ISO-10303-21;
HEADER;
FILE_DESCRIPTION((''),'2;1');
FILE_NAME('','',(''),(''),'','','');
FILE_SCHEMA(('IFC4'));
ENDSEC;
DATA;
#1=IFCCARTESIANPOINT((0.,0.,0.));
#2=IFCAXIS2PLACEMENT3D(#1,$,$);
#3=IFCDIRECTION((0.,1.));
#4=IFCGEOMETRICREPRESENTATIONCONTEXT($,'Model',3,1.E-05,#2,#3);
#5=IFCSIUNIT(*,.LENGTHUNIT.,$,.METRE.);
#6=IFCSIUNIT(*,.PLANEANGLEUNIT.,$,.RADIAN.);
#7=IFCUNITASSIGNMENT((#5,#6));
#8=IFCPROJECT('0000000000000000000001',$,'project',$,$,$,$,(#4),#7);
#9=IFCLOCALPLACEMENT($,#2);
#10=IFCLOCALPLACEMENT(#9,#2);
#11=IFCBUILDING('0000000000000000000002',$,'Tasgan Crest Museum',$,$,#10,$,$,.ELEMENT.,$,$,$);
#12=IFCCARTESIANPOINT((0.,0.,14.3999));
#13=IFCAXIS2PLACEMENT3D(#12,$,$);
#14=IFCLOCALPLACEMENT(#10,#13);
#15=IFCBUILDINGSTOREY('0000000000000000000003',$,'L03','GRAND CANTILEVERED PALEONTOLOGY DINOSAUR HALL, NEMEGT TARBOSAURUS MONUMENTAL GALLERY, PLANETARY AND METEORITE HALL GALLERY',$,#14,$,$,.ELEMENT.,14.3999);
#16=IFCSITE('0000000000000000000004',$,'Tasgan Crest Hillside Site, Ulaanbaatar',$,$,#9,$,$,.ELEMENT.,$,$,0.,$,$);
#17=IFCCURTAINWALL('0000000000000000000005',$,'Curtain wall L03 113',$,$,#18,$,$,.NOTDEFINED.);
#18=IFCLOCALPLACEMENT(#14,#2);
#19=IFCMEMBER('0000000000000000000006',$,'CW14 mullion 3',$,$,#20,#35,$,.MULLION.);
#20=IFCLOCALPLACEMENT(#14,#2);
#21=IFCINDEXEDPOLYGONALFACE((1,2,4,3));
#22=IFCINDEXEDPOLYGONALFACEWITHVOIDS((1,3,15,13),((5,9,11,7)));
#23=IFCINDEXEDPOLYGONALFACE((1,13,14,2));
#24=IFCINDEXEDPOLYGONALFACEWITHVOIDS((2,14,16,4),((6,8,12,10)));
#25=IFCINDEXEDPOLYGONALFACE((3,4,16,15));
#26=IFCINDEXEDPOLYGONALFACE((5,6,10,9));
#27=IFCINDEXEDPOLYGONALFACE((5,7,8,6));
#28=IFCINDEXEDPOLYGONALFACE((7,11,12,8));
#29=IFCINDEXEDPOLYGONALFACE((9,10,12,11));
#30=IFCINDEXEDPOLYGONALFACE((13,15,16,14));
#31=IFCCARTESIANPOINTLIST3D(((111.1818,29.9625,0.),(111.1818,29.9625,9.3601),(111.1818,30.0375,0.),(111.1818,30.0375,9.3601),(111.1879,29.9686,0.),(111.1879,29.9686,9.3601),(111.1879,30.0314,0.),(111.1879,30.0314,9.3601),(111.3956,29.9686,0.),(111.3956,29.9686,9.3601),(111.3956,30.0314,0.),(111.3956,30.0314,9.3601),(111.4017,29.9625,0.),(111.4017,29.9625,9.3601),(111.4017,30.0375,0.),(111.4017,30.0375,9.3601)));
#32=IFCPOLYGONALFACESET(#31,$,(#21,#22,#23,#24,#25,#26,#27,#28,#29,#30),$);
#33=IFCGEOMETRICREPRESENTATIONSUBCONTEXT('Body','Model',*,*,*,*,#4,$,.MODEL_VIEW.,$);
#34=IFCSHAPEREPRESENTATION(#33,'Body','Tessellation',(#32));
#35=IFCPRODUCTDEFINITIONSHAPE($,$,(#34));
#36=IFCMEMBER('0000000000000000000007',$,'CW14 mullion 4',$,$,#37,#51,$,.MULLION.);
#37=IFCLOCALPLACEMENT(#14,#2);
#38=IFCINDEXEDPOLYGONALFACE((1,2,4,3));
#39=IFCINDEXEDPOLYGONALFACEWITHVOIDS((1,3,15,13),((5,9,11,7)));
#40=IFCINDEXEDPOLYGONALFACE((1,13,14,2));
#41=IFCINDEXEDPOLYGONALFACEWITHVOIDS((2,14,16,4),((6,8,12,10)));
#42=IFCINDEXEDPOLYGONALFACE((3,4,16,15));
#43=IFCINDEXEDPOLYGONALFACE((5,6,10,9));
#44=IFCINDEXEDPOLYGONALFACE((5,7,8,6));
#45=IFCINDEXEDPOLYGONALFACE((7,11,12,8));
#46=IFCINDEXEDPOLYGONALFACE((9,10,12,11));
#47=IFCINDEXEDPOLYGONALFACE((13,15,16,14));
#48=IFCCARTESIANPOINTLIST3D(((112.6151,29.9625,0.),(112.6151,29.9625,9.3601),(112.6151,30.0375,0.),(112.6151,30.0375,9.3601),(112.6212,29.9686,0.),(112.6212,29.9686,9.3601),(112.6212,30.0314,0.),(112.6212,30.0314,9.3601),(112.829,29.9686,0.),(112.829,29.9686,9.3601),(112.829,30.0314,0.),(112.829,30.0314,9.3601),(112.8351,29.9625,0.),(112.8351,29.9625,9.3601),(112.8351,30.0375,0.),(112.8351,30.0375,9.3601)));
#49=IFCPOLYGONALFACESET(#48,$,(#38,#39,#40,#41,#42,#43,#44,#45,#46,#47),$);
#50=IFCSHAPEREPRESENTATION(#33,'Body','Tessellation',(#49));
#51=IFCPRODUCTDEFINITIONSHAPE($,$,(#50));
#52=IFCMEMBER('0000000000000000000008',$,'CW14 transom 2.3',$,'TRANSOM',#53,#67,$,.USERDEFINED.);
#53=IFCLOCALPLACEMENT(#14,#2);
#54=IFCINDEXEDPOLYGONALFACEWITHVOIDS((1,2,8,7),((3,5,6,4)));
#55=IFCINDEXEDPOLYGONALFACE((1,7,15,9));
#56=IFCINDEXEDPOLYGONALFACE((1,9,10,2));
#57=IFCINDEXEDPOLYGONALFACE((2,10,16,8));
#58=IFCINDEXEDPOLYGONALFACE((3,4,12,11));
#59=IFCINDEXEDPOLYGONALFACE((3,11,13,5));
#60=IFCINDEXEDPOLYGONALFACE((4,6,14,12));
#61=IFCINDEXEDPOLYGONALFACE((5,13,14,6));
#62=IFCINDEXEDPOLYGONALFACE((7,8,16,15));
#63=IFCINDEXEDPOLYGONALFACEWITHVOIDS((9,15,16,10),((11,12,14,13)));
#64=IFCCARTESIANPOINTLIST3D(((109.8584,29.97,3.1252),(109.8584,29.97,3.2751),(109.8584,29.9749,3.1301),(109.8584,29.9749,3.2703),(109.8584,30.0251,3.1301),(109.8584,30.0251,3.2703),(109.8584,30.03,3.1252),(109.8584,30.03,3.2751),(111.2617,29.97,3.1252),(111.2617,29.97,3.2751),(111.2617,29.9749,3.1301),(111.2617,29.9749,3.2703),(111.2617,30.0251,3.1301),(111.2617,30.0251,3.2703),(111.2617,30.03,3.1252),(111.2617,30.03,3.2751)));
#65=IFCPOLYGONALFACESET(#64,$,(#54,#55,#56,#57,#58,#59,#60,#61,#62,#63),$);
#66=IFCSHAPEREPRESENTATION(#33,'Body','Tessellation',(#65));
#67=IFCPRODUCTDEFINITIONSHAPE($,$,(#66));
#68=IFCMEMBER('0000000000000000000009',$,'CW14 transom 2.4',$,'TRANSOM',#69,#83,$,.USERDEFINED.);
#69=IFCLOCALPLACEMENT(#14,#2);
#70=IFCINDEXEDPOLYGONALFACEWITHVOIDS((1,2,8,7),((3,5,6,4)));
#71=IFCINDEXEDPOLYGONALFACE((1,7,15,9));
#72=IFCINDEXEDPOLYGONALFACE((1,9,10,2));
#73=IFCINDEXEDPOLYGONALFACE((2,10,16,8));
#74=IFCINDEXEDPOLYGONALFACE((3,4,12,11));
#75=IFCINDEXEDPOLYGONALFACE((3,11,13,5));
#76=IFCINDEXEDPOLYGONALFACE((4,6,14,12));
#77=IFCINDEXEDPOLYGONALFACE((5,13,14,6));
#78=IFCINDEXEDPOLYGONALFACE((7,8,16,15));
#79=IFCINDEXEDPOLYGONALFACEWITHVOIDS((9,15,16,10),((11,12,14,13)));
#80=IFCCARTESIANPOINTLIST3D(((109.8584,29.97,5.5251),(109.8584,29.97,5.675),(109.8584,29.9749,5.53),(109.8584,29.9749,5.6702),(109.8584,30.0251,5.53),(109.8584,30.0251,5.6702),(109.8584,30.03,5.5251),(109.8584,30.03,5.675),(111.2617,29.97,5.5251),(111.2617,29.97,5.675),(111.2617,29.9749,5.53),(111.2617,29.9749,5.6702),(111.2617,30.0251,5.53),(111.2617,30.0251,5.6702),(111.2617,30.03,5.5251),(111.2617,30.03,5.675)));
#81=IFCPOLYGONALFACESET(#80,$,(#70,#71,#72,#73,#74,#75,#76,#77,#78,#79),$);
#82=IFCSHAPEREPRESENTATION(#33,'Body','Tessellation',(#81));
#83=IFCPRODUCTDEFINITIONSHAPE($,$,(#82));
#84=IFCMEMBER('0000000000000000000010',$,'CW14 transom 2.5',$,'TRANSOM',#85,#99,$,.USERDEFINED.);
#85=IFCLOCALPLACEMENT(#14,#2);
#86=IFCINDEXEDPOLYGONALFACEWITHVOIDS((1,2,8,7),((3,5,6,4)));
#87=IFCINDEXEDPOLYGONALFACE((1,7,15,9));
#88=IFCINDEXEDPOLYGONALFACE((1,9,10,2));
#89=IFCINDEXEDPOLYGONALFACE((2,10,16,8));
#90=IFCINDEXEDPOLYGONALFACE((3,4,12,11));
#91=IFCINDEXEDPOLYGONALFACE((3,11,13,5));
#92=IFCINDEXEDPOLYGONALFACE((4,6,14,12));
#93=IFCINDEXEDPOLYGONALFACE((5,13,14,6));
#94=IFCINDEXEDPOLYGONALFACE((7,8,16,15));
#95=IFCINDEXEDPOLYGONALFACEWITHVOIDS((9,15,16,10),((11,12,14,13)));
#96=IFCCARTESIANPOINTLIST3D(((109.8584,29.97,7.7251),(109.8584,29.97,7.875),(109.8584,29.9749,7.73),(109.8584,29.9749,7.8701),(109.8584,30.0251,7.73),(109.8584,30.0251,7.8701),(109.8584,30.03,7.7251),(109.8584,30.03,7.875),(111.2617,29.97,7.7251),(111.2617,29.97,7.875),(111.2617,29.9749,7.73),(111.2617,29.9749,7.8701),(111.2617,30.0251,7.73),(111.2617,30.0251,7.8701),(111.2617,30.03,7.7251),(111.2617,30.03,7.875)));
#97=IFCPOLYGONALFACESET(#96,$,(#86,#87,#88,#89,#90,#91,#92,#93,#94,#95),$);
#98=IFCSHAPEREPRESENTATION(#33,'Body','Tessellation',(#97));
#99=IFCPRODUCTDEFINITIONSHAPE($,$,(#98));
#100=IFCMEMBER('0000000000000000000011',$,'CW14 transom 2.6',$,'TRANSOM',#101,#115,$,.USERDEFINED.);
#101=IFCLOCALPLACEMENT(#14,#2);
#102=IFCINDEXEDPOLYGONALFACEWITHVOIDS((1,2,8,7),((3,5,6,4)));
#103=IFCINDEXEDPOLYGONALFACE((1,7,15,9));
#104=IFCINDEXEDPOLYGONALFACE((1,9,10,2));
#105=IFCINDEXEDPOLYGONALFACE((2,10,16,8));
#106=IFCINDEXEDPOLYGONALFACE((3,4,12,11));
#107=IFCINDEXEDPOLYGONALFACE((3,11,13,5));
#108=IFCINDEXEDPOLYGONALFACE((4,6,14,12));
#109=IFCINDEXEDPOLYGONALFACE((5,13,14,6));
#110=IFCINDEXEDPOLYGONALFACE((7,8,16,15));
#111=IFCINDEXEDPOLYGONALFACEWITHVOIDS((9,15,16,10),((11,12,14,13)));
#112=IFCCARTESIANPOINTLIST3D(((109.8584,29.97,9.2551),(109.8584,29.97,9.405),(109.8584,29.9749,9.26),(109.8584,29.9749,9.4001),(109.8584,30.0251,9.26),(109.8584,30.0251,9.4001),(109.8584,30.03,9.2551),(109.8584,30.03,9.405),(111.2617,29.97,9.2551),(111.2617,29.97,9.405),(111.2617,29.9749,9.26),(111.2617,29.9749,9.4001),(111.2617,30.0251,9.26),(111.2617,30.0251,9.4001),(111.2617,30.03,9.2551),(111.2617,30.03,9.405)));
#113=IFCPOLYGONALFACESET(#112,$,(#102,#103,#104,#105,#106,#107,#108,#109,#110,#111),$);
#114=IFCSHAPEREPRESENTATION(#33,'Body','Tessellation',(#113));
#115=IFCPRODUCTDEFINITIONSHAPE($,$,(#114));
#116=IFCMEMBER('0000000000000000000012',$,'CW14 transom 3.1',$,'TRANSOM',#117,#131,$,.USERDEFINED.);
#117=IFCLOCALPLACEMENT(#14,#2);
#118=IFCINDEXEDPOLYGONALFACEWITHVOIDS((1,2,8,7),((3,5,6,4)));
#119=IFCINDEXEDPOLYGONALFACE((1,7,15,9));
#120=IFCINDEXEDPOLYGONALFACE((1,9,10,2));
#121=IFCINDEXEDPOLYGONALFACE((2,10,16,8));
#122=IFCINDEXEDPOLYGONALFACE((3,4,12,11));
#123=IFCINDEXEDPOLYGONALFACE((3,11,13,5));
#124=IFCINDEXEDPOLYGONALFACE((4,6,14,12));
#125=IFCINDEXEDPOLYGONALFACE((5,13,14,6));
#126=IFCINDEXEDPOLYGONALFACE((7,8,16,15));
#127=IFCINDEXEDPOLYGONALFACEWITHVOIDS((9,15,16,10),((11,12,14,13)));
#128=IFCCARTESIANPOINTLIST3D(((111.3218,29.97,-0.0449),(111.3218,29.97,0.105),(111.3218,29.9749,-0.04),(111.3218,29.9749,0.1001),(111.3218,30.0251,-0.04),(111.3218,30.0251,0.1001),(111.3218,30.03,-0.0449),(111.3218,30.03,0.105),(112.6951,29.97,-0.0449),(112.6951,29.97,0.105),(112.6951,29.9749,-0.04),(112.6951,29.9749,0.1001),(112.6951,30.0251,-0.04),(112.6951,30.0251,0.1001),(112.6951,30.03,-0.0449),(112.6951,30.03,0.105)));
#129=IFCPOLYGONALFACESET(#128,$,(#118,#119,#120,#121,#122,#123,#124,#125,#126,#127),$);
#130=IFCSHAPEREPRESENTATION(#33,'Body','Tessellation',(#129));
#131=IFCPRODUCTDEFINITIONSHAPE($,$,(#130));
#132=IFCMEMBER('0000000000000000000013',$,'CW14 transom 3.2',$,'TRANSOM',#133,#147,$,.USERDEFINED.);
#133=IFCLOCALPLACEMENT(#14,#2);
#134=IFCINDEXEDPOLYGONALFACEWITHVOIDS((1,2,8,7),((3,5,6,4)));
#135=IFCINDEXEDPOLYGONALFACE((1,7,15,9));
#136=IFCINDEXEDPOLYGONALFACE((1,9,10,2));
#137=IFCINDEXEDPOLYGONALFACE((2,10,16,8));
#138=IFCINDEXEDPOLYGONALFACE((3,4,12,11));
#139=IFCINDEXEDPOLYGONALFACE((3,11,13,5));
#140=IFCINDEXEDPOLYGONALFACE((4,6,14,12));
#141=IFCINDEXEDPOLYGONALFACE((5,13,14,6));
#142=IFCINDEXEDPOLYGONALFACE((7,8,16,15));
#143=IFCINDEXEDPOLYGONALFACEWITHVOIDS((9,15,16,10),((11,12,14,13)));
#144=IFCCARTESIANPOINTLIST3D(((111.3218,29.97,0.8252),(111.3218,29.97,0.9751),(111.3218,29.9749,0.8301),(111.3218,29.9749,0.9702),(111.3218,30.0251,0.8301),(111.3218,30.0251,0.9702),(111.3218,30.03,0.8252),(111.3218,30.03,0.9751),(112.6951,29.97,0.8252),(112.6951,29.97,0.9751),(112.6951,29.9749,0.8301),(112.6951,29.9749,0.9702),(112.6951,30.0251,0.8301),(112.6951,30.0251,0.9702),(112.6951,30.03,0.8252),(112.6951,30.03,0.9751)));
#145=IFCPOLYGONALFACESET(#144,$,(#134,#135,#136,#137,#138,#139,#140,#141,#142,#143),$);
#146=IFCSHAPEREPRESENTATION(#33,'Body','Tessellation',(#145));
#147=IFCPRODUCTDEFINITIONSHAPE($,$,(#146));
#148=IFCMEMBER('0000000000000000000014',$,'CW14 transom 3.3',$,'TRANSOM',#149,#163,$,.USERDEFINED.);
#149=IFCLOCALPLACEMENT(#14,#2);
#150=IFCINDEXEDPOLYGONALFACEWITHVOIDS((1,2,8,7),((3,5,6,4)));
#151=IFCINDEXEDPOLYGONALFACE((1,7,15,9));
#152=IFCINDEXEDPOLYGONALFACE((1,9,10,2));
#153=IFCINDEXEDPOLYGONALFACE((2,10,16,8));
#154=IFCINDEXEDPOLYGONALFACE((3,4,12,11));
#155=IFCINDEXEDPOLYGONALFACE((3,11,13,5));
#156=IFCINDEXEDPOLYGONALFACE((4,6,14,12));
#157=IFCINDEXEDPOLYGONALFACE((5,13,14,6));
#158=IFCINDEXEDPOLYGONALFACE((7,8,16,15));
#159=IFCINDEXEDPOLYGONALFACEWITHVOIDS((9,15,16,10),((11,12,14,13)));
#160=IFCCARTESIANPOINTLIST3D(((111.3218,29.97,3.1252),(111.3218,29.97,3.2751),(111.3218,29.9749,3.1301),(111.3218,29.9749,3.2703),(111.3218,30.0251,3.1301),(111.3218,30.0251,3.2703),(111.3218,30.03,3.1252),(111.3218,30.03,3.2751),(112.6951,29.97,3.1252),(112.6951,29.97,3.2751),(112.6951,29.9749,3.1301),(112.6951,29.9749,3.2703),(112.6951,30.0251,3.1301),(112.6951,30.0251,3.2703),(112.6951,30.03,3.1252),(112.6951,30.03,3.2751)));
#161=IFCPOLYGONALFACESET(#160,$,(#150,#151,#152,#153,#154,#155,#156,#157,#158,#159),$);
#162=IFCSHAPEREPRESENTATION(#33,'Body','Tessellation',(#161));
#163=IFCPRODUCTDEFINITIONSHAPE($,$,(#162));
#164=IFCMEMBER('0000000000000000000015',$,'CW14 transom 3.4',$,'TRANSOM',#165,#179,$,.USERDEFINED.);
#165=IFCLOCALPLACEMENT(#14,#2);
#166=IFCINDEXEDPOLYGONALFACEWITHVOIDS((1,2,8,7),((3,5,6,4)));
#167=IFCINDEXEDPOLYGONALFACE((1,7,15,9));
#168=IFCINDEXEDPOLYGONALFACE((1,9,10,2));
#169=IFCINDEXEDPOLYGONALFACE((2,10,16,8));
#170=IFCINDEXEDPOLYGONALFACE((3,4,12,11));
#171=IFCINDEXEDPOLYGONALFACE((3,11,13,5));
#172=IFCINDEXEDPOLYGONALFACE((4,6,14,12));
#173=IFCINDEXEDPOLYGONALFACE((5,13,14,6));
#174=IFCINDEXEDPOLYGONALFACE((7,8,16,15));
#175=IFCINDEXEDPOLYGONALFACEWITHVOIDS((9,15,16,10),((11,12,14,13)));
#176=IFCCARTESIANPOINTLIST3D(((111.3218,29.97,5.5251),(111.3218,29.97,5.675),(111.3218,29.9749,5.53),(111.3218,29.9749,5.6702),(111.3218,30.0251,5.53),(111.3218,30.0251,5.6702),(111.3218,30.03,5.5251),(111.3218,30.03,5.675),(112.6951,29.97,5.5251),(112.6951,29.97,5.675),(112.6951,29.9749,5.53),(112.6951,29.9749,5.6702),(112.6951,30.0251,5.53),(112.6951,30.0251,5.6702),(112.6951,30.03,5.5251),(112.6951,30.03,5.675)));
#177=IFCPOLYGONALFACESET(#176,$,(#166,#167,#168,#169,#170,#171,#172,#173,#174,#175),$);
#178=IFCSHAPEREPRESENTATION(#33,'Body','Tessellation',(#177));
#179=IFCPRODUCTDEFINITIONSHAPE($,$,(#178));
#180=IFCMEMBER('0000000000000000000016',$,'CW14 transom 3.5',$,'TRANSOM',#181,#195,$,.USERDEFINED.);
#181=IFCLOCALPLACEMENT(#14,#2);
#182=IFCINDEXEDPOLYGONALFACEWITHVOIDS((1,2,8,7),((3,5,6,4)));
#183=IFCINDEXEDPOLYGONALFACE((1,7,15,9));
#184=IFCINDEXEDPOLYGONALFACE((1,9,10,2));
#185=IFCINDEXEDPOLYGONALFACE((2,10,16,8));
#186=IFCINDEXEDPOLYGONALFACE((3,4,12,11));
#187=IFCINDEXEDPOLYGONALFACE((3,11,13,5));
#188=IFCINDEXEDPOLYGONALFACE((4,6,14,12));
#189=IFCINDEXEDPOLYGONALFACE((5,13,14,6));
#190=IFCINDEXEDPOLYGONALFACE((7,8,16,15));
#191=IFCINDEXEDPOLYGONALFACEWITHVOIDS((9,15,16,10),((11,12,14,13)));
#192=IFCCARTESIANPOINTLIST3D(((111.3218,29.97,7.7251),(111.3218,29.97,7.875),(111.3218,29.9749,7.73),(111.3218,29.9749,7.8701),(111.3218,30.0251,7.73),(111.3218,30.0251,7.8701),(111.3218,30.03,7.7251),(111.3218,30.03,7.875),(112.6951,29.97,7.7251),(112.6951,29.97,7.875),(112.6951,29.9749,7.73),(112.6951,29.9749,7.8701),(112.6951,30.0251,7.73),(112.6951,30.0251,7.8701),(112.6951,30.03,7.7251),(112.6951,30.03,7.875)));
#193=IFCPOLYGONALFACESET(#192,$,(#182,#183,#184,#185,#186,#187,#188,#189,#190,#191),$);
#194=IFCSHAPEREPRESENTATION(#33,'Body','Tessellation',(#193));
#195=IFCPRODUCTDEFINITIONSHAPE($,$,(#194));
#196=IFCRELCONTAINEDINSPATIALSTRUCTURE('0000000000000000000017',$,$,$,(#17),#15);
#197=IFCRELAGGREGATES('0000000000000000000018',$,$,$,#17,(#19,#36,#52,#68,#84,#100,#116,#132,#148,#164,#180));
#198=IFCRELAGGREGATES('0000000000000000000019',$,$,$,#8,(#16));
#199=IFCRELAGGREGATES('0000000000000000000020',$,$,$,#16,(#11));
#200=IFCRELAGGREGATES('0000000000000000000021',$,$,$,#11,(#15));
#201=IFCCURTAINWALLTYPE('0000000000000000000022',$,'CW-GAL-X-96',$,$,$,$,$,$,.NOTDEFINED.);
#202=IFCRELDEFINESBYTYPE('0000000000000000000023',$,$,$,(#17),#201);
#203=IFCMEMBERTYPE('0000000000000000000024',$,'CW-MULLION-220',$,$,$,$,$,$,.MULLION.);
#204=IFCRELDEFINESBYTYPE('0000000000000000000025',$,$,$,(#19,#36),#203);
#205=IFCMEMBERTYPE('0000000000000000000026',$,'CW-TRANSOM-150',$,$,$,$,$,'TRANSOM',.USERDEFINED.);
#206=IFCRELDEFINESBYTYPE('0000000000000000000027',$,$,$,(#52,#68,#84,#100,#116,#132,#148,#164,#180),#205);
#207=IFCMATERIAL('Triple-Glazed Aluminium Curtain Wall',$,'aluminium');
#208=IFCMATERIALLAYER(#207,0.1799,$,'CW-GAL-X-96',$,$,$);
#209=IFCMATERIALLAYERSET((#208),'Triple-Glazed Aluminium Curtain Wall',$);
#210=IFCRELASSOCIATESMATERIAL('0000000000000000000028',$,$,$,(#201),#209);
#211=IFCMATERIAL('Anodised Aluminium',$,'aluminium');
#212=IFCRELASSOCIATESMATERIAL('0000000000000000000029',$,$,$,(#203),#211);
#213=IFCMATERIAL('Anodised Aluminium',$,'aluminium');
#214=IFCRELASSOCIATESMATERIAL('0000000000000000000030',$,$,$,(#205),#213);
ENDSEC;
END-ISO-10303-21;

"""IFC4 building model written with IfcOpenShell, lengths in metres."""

from ifc_helpers import new_model, si_unit, direction, frame, origin, origin_2d, place, context, subcontext, project, spatial, hollow_rectangle, extrude, material, layer, layer_set, material_profile, profile_set, type_object, element, aggregate, save


model = new_model("IFC4")

# Units and contexts
model_context = context("Model", 3, precision=1e-05, world=origin(), true_north=direction((0.0, 1.0)))
body_context = subcontext(model_context, "Body", "Model", "MODEL_VIEW")
ifc_project = project(units=[si_unit("LENGTHUNIT", "METRE"), si_unit("PLANEANGLEUNIT", "RADIAN")], contexts=[model_context])

# Site, building, storey
site_placement = place(None, origin())
site = spatial("IfcSite", under=ifc_project, at=site_placement, Name="Tasgan Crest Hillside Site, Ulaanbaatar", CompositionType="ELEMENT", RefElevation=0.0)
building_placement = place(site_placement, origin())
building = spatial("IfcBuilding", under=site, at=building_placement, Name="Tasgan Crest Museum", CompositionType="ELEMENT")
storey_placement = place(building_placement, frame((0.0, 0.0, 14.3999)))
storey = spatial("IfcBuildingStorey", under=building, at=storey_placement, Name="L03", Description="GRAND CANTILEVERED PALEONTOLOGY DINOSAUR HALL, NEMEGT TARBOSAURUS MONUMENTAL GALLERY, PLANETARY AND METEORITE HALL GALLERY", CompositionType="ELEMENT", Elevation=14.3999)

# Curtain wall, members
ifc_material_1 = material(Name="Triple-Glazed Aluminium Curtain Wall", Category="aluminium")
ifc_layer_1 = layer(ifc_material_1, 0.1799, Name="CW-GAL-X-96")
ifc_layer_set_1 = layer_set([ifc_layer_1], Name="Triple-Glazed Aluminium Curtain Wall")
curtain_wall_type = type_object("IfcCurtainWallType", Name="CW-GAL-X-96", PredefinedType="NOTDEFINED", material=ifc_layer_set_1)
curtain_wall_placement = place(storey_placement, origin())
curtain_wall = element("IfcCurtainWall", 1, at=curtain_wall_placement, inside=storey, type_object=curtain_wall_type, Name="Curtain wall L03 113", PredefinedType="NOTDEFINED")
ifc_material_2 = material(Name="Anodised Aluminium", Category="aluminium")
ifc_material_profile_1 = material_profile(ifc_material_2, hollow_rectangle(XDim=0.075, YDim=0.22, WallThickness=0.0061, at=origin_2d()), Name="ALU MULLION 220x75x6")
ifc_profile_set_1 = profile_set([ifc_material_profile_1], Name="Anodised Aluminium")
member_type_1 = type_object("IfcMemberType", Name="CW-MULLION-220", PredefinedType="MULLION", material=ifc_profile_set_1)
member_1_placement = place(storey_placement, frame((111.2917, 30.0, 0.0), z_axis=(0.0, 0.0, 1.0), x_axis=(0.0, 1.0, 0.0)))
member_1 = element("IfcMember", 2, at=member_1_placement, type_object=member_type_1, Name="CW14 mullion 3", PredefinedType="MULLION", context=body_context, shape_type="SweptSolid", body=[
    extrude(hollow_rectangle(XDim=0.075, YDim=0.22, WallThickness=0.0061, at=origin_2d()), origin(), (0.0, 0.0, 1.0), 9.3601),
])
member_2_placement = place(storey_placement, frame((112.7251, 30.0, 0.0), z_axis=(0.0, 0.0, 1.0), x_axis=(0.0, 1.0, 0.0)))
member_2 = element("IfcMember", 3, at=member_2_placement, type_object=member_type_1, Name="CW14 mullion 4", PredefinedType="MULLION", context=body_context, shape_type="SweptSolid", body=[
    extrude(hollow_rectangle(XDim=0.075, YDim=0.22, WallThickness=0.0061, at=origin_2d()), origin(), (0.0, 0.0, 1.0), 9.3601),
])
ifc_material_3 = material(Name="Anodised Aluminium", Category="aluminium")
ifc_material_profile_2 = material_profile(ifc_material_3, hollow_rectangle(XDim=0.0601, YDim=0.1499, WallThickness=0.0049, at=origin_2d()), Name="ALU TRANSOM 150x60x5")
ifc_profile_set_2 = profile_set([ifc_material_profile_2], Name="Anodised Aluminium")
member_type_2 = type_object("IfcMemberType", Name="CW-TRANSOM-150", ElementType="TRANSOM", PredefinedType="USERDEFINED", material=ifc_profile_set_2)
member_3_placement = place(storey_placement, frame((109.8584, 30.0, 3.2002), z_axis=(1.0, 0.0, 0.0), x_axis=(0.0, 1.0, 0.0)))
member_3 = element("IfcMember", 4, at=member_3_placement, type_object=member_type_2, Name="CW14 transom 2.3", ObjectType="TRANSOM", PredefinedType="USERDEFINED", context=body_context, shape_type="SweptSolid", body=[
    extrude(hollow_rectangle(XDim=0.0601, YDim=0.1499, WallThickness=0.0049, at=origin_2d()), origin(), (0.0, 0.0, 1.0), 1.4033),
])
member_4_placement = place(storey_placement, frame((109.8584, 30.0, 5.6001), z_axis=(1.0, 0.0, 0.0), x_axis=(0.0, 1.0, 0.0)))
member_4 = element("IfcMember", 5, at=member_4_placement, type_object=member_type_2, Name="CW14 transom 2.4", ObjectType="TRANSOM", PredefinedType="USERDEFINED", context=body_context, shape_type="SweptSolid", body=[
    extrude(hollow_rectangle(XDim=0.0601, YDim=0.1499, WallThickness=0.0049, at=origin_2d()), origin(), (0.0, 0.0, 1.0), 1.4033),
])
member_5_placement = place(storey_placement, frame((109.8584, 30.0, 7.8), z_axis=(1.0, 0.0, 0.0), x_axis=(0.0, 1.0, 0.0)))
member_5 = element("IfcMember", 6, at=member_5_placement, type_object=member_type_2, Name="CW14 transom 2.5", ObjectType="TRANSOM", PredefinedType="USERDEFINED", context=body_context, shape_type="SweptSolid", body=[
    extrude(hollow_rectangle(XDim=0.0601, YDim=0.1499, WallThickness=0.0049, at=origin_2d()), origin(), (0.0, 0.0, 1.0), 1.4033),
])
member_6_placement = place(storey_placement, frame((109.8584, 30.0, 9.3301), z_axis=(1.0, 0.0, 0.0), x_axis=(0.0, 1.0, 0.0)))
member_6 = element("IfcMember", 7, at=member_6_placement, type_object=member_type_2, Name="CW14 transom 2.6", ObjectType="TRANSOM", PredefinedType="USERDEFINED", context=body_context, shape_type="SweptSolid", body=[
    extrude(hollow_rectangle(XDim=0.0601, YDim=0.1499, WallThickness=0.0049, at=origin_2d()), origin(), (0.0, 0.0, 1.0), 1.4033),
])
member_7_placement = place(storey_placement, frame((111.3218, 30.0, 0.03), z_axis=(1.0, 0.0, 0.0), x_axis=(0.0, 1.0, 0.0)))
member_7 = element("IfcMember", 8, at=member_7_placement, type_object=member_type_2, Name="CW14 transom 3.1", ObjectType="TRANSOM", PredefinedType="USERDEFINED", context=body_context, shape_type="SweptSolid", body=[
    extrude(hollow_rectangle(XDim=0.0601, YDim=0.1499, WallThickness=0.0049, at=origin_2d()), origin(), (0.0, 0.0, 1.0), 1.3733),
])
member_8_placement = place(storey_placement, frame((111.3218, 30.0, 0.9001), z_axis=(1.0, 0.0, 0.0), x_axis=(0.0, 1.0, 0.0)))
member_8 = element("IfcMember", 9, at=member_8_placement, type_object=member_type_2, Name="CW14 transom 3.2", ObjectType="TRANSOM", PredefinedType="USERDEFINED", context=body_context, shape_type="SweptSolid", body=[
    extrude(hollow_rectangle(XDim=0.0601, YDim=0.1499, WallThickness=0.0049, at=origin_2d()), origin(), (0.0, 0.0, 1.0), 1.3733),
])
member_9_placement = place(storey_placement, frame((111.3218, 30.0, 3.2002), z_axis=(1.0, 0.0, 0.0), x_axis=(0.0, 1.0, 0.0)))
member_9 = element("IfcMember", 10, at=member_9_placement, type_object=member_type_2, Name="CW14 transom 3.3", ObjectType="TRANSOM", PredefinedType="USERDEFINED", context=body_context, shape_type="SweptSolid", body=[
    extrude(hollow_rectangle(XDim=0.0601, YDim=0.1499, WallThickness=0.0049, at=origin_2d()), origin(), (0.0, 0.0, 1.0), 1.3733),
])
member_10_placement = place(storey_placement, frame((111.3218, 30.0, 5.6001), z_axis=(1.0, 0.0, 0.0), x_axis=(0.0, 1.0, 0.0)))
member_10 = element("IfcMember", 11, at=member_10_placement, type_object=member_type_2, Name="CW14 transom 3.4", ObjectType="TRANSOM", PredefinedType="USERDEFINED", context=body_context, shape_type="SweptSolid", body=[
    extrude(hollow_rectangle(XDim=0.0601, YDim=0.1499, WallThickness=0.0049, at=origin_2d()), origin(), (0.0, 0.0, 1.0), 1.3733),
])
member_11_placement = place(storey_placement, frame((111.3218, 30.0, 7.8), z_axis=(1.0, 0.0, 0.0), x_axis=(0.0, 1.0, 0.0)))
member_11 = element("IfcMember", 12, at=member_11_placement, type_object=member_type_2, Name="CW14 transom 3.5", ObjectType="TRANSOM", PredefinedType="USERDEFINED", context=body_context, shape_type="SweptSolid", body=[
    extrude(hollow_rectangle(XDim=0.0601, YDim=0.1499, WallThickness=0.0049, at=origin_2d()), origin(), (0.0, 0.0, 1.0), 1.3733),
])
aggregate(curtain_wall, [member_1, member_2, member_3, member_4, member_5, member_6, member_7, member_8, member_9, member_10, member_11])

save(model, "model.ifc")
